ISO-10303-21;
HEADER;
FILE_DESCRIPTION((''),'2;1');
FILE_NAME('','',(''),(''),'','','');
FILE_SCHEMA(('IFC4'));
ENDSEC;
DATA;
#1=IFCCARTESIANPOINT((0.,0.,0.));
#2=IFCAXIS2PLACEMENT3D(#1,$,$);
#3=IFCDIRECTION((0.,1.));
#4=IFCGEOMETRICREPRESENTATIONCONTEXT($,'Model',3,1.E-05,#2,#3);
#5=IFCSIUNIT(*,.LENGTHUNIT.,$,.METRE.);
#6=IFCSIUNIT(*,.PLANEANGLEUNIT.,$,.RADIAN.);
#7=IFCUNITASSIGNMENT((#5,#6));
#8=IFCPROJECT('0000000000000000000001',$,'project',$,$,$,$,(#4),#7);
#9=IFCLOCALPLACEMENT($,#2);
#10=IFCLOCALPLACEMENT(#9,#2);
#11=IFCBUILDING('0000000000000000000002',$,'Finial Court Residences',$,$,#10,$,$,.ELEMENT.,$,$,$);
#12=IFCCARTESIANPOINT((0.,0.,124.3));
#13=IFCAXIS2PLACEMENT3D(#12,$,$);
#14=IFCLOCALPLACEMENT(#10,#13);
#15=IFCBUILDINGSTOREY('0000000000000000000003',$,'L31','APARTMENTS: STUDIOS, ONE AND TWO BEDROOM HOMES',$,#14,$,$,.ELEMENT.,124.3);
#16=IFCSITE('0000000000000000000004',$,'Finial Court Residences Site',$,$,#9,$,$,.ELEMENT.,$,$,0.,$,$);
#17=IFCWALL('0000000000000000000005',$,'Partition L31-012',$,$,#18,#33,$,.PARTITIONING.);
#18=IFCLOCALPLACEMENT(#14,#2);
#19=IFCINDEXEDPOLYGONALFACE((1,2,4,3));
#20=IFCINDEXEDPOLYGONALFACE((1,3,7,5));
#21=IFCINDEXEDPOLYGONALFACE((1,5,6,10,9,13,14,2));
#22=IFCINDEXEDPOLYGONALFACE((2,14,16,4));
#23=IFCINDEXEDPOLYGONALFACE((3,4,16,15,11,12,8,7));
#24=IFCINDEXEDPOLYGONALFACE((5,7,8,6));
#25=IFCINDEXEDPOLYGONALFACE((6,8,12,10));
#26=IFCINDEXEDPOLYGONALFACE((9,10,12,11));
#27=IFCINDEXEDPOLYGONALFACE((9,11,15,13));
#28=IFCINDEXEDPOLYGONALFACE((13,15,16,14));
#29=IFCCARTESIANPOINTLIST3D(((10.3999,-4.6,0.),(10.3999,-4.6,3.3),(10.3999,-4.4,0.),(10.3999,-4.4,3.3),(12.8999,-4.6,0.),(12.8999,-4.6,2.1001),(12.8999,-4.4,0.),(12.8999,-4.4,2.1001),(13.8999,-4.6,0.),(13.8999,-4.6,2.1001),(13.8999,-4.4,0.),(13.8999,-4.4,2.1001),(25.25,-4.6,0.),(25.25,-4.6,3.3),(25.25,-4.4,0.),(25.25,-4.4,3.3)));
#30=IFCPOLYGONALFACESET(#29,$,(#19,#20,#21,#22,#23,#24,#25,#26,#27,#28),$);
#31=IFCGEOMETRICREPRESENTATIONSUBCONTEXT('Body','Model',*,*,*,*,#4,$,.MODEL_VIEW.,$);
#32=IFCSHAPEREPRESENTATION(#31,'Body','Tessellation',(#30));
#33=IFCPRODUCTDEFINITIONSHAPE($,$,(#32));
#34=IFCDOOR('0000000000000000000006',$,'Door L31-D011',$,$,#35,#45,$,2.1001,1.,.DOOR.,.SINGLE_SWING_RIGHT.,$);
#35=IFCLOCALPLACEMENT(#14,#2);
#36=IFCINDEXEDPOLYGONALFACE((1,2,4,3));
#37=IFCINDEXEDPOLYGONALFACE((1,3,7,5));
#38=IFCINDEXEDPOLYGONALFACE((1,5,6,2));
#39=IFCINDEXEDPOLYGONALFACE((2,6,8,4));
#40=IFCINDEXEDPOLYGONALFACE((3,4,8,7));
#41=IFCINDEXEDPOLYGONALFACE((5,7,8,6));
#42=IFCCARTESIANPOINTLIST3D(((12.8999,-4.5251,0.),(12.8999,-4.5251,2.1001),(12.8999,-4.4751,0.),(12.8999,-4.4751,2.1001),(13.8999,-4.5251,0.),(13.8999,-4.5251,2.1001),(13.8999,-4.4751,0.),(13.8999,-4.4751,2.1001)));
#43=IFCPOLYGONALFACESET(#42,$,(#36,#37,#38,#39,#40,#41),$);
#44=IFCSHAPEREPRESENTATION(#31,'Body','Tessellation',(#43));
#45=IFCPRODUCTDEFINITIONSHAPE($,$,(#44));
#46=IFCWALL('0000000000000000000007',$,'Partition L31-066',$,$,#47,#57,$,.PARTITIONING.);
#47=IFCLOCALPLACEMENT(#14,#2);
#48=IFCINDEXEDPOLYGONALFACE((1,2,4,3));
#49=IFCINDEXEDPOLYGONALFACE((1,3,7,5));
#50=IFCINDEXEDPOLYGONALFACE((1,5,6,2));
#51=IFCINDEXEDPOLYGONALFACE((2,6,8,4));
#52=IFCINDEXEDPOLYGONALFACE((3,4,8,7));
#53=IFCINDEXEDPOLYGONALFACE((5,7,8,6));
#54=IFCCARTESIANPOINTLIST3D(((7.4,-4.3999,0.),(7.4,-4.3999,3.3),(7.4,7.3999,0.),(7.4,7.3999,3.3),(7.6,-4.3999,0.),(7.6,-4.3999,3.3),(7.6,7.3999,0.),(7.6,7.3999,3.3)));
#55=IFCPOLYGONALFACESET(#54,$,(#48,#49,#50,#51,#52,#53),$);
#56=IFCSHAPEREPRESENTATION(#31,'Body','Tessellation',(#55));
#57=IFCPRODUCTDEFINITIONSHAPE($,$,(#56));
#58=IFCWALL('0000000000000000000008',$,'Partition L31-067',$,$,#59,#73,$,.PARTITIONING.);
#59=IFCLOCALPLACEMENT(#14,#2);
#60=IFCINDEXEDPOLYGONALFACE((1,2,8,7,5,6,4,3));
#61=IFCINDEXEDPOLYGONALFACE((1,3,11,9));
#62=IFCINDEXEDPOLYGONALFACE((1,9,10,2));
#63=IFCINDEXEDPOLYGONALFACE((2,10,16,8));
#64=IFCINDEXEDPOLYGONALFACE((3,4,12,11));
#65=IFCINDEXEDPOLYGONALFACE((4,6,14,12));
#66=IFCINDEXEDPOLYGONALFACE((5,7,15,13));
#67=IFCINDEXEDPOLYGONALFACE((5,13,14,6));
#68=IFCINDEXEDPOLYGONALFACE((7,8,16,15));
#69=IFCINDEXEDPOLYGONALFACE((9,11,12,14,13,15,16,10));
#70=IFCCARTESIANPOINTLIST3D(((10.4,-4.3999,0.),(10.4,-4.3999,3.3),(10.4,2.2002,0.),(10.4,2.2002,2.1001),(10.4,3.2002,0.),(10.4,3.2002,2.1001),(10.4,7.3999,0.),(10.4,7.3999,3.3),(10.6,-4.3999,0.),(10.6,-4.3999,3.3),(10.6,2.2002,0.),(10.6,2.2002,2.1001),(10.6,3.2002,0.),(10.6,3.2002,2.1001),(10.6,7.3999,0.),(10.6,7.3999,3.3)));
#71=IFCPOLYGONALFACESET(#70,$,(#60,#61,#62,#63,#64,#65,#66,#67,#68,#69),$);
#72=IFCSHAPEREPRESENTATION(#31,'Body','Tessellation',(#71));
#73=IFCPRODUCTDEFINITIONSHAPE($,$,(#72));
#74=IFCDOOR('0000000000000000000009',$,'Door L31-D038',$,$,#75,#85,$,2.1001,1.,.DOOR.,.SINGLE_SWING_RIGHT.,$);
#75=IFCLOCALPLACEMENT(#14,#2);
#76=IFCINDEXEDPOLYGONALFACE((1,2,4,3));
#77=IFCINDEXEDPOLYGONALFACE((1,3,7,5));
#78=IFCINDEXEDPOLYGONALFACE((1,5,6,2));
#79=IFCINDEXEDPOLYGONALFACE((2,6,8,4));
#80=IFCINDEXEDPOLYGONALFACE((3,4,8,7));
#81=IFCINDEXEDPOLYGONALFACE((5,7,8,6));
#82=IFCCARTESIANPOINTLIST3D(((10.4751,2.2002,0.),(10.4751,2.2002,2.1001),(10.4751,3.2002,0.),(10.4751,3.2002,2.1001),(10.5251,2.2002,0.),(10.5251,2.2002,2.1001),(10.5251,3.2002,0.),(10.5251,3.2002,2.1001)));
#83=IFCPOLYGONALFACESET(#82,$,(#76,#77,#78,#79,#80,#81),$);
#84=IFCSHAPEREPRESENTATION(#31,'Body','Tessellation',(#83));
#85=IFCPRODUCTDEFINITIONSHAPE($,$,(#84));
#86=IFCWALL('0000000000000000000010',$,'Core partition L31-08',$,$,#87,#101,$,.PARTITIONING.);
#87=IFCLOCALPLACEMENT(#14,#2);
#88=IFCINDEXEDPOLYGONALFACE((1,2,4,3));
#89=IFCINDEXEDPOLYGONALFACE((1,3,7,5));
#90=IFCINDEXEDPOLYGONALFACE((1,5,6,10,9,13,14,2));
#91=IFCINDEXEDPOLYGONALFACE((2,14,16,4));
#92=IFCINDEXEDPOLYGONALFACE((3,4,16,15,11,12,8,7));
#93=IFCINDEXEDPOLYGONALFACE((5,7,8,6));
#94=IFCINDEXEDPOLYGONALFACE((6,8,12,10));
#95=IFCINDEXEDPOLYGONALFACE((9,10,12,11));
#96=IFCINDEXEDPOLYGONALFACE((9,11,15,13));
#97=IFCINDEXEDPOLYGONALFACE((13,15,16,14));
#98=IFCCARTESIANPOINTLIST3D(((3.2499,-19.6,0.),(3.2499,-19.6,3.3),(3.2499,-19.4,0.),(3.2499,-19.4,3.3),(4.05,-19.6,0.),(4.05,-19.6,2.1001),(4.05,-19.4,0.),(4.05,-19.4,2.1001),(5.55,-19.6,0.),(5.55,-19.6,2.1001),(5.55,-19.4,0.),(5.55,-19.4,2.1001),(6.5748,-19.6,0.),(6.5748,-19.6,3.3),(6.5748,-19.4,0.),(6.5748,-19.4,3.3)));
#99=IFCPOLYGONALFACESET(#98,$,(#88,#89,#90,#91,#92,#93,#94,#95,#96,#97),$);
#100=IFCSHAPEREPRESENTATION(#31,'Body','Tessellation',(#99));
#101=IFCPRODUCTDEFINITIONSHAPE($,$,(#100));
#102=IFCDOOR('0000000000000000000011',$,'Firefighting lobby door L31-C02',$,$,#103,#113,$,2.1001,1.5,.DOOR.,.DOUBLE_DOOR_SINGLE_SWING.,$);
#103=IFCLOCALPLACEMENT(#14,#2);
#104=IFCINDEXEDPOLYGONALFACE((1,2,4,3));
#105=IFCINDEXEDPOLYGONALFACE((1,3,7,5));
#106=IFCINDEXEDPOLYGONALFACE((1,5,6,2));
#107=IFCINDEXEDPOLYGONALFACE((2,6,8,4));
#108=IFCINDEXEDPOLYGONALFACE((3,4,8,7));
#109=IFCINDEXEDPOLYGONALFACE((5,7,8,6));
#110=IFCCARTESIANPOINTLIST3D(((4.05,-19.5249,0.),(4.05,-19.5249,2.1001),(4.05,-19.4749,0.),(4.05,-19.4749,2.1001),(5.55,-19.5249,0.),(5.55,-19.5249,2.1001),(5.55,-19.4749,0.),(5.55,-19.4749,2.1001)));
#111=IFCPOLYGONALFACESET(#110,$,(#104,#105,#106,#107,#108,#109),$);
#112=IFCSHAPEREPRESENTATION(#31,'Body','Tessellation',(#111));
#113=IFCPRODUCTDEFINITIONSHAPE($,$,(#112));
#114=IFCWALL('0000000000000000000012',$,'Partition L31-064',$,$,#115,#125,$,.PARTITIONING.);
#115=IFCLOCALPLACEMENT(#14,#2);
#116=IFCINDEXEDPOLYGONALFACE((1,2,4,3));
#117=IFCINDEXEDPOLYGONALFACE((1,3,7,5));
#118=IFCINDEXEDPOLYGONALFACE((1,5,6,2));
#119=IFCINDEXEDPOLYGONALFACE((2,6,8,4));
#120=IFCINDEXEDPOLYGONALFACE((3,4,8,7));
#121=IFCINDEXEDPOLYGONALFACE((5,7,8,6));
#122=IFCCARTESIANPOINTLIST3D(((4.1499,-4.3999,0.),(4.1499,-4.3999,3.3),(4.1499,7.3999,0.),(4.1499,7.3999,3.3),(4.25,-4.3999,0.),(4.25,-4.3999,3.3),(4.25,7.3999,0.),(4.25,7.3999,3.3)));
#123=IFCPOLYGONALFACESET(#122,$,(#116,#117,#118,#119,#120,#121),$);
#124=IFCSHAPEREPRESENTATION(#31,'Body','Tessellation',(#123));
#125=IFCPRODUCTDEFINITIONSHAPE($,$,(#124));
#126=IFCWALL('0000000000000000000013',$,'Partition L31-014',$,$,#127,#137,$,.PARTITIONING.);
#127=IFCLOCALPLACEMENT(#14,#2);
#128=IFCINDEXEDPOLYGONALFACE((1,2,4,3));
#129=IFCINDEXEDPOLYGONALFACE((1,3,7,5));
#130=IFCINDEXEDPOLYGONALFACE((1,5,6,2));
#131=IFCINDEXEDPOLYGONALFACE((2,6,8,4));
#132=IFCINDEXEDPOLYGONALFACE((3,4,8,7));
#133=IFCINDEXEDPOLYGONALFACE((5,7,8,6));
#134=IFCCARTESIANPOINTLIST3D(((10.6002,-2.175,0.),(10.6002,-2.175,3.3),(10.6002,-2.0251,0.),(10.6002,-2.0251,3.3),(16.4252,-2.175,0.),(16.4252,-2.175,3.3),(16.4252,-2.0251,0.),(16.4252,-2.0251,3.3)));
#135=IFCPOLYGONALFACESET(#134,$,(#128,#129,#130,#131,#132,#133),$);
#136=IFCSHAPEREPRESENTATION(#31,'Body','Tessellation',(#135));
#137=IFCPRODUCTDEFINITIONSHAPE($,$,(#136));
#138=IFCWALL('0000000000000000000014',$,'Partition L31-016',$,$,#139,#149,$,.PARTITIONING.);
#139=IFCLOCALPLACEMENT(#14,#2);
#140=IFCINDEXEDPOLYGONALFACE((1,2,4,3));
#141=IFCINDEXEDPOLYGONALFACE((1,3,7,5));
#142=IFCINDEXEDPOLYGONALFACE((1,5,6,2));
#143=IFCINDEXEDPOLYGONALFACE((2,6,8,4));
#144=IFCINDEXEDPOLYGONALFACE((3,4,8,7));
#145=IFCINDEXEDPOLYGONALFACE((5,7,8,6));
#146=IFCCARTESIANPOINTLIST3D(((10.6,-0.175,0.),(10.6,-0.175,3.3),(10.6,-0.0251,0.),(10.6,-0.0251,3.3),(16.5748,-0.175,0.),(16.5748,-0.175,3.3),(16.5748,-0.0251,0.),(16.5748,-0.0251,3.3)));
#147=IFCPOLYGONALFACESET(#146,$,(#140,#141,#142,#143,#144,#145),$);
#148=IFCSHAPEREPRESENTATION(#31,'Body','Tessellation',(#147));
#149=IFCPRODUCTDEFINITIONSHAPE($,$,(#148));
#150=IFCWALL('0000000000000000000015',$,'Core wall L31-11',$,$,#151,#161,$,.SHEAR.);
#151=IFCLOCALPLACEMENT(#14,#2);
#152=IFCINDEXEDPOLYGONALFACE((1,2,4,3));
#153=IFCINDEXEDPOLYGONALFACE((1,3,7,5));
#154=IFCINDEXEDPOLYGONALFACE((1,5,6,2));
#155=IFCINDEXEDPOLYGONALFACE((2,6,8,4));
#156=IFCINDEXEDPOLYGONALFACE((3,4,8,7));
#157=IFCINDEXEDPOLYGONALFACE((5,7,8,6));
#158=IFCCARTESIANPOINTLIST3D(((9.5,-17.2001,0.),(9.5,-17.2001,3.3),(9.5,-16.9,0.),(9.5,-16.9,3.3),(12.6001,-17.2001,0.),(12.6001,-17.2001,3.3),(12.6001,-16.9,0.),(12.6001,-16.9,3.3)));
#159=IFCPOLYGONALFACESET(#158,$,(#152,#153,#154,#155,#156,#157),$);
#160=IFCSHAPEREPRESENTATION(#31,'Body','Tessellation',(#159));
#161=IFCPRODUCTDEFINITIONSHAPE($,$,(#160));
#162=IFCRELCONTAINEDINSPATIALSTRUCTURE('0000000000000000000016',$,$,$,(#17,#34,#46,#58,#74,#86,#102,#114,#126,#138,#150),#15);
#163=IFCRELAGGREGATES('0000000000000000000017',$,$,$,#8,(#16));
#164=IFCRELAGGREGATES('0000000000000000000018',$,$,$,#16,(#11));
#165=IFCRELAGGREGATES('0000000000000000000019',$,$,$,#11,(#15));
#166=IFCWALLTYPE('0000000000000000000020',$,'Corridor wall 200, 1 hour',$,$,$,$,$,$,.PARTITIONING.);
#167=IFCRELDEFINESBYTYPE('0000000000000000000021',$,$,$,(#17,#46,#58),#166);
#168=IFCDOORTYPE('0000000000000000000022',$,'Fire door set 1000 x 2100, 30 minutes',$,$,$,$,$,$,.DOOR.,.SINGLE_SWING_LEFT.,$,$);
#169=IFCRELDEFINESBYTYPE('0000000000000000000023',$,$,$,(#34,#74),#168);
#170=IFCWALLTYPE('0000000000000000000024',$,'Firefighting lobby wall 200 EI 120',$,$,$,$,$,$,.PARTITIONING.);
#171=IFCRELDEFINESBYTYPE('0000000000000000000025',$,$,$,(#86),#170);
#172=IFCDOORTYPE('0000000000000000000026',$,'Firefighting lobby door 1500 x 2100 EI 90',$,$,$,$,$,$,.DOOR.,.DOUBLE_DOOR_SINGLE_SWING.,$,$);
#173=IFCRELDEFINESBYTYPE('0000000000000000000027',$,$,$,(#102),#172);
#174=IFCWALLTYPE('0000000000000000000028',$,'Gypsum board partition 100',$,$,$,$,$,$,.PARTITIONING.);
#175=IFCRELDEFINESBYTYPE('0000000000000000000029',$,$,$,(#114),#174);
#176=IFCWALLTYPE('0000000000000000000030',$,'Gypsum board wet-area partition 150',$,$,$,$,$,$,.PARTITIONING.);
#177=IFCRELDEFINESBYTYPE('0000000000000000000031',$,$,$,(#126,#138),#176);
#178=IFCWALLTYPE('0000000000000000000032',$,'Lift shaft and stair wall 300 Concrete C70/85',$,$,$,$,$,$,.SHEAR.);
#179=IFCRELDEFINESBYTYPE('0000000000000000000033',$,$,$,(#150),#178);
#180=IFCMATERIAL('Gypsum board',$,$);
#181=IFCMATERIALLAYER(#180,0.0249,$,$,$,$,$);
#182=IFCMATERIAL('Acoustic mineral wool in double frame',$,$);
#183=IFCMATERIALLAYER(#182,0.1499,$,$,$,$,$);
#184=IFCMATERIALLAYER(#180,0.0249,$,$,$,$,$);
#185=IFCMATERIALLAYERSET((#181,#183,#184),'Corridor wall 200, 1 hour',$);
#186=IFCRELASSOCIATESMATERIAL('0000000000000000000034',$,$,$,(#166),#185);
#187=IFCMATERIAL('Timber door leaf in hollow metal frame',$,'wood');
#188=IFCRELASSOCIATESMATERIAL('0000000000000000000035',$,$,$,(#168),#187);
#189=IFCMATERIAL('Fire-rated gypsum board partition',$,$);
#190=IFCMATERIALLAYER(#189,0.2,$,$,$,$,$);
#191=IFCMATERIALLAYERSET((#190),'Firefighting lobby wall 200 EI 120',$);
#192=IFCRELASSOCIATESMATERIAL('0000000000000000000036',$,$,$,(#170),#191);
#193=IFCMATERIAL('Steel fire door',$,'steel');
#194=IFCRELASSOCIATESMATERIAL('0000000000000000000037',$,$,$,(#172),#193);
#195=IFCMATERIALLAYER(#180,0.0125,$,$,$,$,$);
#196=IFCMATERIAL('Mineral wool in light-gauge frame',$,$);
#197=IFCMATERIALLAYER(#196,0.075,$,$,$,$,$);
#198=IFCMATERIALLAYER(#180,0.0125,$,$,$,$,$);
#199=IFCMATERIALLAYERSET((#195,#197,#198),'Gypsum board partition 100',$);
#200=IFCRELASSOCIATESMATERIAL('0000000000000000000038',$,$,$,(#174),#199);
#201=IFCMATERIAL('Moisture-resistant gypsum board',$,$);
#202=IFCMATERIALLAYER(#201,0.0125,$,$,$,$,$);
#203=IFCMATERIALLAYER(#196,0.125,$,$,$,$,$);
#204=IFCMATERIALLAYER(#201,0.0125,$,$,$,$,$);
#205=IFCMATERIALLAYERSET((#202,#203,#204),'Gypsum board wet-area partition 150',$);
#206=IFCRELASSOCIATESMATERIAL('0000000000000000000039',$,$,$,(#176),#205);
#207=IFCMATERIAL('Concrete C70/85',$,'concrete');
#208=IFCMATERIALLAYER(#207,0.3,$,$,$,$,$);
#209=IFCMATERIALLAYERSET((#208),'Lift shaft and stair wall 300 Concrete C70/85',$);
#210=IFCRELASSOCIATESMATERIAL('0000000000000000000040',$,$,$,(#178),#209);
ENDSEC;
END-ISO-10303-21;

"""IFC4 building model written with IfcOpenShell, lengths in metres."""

from ifc_helpers import new_model, si_unit, direction, frame, frame_2d, origin, place, context, subcontext, project, spatial, rectangle, extrude, material, layer, layer_set, type_object, element, fill, save


model = new_model("IFC4")

# Units and contexts
model_context = context("Model", 3, precision=1e-05, world=origin(), true_north=direction((0.0, 1.0)))
body_context = subcontext(model_context, "Body", "Model", "MODEL_VIEW")
ifc_project = project(units=[si_unit("LENGTHUNIT", "METRE"), si_unit("PLANEANGLEUNIT", "RADIAN")], contexts=[model_context])

# Site, building, storey
site_placement = place(None, origin())
site = spatial("IfcSite", under=ifc_project, at=site_placement, Name="Finial Court Residences Site", CompositionType="ELEMENT", RefElevation=0.0)
building_placement = place(site_placement, origin())
building = spatial("IfcBuilding", under=site, at=building_placement, Name="Finial Court Residences", CompositionType="ELEMENT")
storey_placement = place(building_placement, frame((0.0, 0.0, 124.3)))
storey = spatial("IfcBuildingStorey", under=building, at=storey_placement, Name="L31", Description="APARTMENTS: STUDIOS, ONE AND TWO BEDROOM HOMES", CompositionType="ELEMENT", Elevation=124.3)

# Shared definitions
ifc_material_1 = material(Name="Concrete C70/85", Category="concrete")

# Shared definitions
ifc_material_2 = material(Name="Fire-rated gypsum board partition")

# Shared definitions
ifc_material_3 = material(Name="Steel fire door", Category="steel")

# Wall, opening, door
ifc_material_4 = material(Name="Gypsum board")
ifc_layer_1 = layer(ifc_material_4, 0.0249)
ifc_material_5 = material(Name="Acoustic mineral wool in double frame")
ifc_layer_2 = layer(ifc_material_5, 0.1499)
ifc_layer_3 = layer(ifc_material_4, 0.0249)
ifc_layer_set_1 = layer_set([ifc_layer_1, ifc_layer_2, ifc_layer_3], Name="Corridor wall 200, 1 hour")
wall_type_1 = type_object("IfcWallType", Name="Corridor wall 200, 1 hour", PredefinedType="PARTITIONING", material=ifc_layer_set_1)
ifc_material_6 = material(Name="Timber door leaf in hollow metal frame", Category="wood")
door_type_1 = type_object("IfcDoorType", Name="Fire door set 1000 x 2100, 30 minutes", OperationType="SINGLE_SWING_LEFT", PredefinedType="DOOR", material=ifc_material_6)
wall_1_placement = place(storey_placement, frame((10.3999, -4.5, 0.0), z_axis=(0.0, 0.0, 1.0), x_axis=(1.0, 0.0, 0.0)))
wall_1 = element("IfcWall", 1, at=wall_1_placement, inside=storey, type_object=wall_type_1, Name="Partition L31-012", PredefinedType="PARTITIONING", context=body_context, shape_type="SweptSolid", body=[
    extrude(rectangle(XDim=14.8501, YDim=0.2, at=frame_2d((7.425, 0.0))), origin(), (0.0, 0.0, 1.0), 3.3),
])
opening_1_placement = place(wall_1_placement, frame((2.5, 0.0, 0.0)))
opening_1 = element("IfcOpeningElement", 2, at=opening_1_placement, cuts=wall_1, PredefinedType="OPENING", context=body_context, shape_type="SweptSolid", body=[
    extrude(rectangle(XDim=1.0, YDim=2.1001, at=frame_2d((0.5, 1.05))), frame((0.0, 0.1099, 0.0), z_axis=(0.0, -1.0, 0.0), x_axis=(1.0, 0.0, 0.0)), (0.0, 0.0, 1.0), 0.22),
])
door_1_placement = place(opening_1_placement, origin())
door_1 = element("IfcDoor", 3, at=door_1_placement, inside=storey, type_object=door_type_1, Name="Door L31-D011", OperationType="SINGLE_SWING_RIGHT", OverallHeight=2.1001, OverallWidth=1.0, PredefinedType="DOOR", context=body_context, shape_type="SweptSolid", body=[
    extrude(rectangle(XDim=1.0, YDim=2.1001, at=frame_2d((0.5, 1.05))), frame((0.0, 0.0249, 0.0), z_axis=(0.0, -1.0, 0.0), x_axis=(1.0, 0.0, 0.0)), (0.0, 0.0, 1.0), 0.05),
])
fill(opening_1, door_1)

# Wall
wall_2_placement = place(storey_placement, frame((7.5, -4.3999, 0.0), z_axis=(0.0, 0.0, 1.0), x_axis=(0.0, 1.0, 0.0)))
element("IfcWall", 4, at=wall_2_placement, inside=storey, type_object=wall_type_1, Name="Partition L31-066", PredefinedType="PARTITIONING", context=body_context, shape_type="SweptSolid", body=[
    extrude(rectangle(XDim=11.7998, YDim=0.2, at=frame_2d((5.8999, 0.0))), origin(), (0.0, 0.0, 1.0), 3.3),
])

# Walls, openings, doors
wall_3_placement = place(storey_placement, frame((10.5, -4.3999, 0.0), z_axis=(0.0, 0.0, 1.0), x_axis=(0.0, 1.0, 0.0)))
wall_3 = element("IfcWall", 5, at=wall_3_placement, inside=storey, type_object=wall_type_1, Name="Partition L31-067", PredefinedType="PARTITIONING", context=body_context, shape_type="SweptSolid", body=[
    extrude(rectangle(XDim=11.7998, YDim=0.2, at=frame_2d((5.8999, 0.0))), origin(), (0.0, 0.0, 1.0), 3.3),
])
opening_2_placement = place(wall_3_placement, frame((6.6001, 0.0, 0.0)))
opening_2 = element("IfcOpeningElement", 6, at=opening_2_placement, cuts=wall_3, PredefinedType="OPENING", context=body_context, shape_type="SweptSolid", body=[
    extrude(rectangle(XDim=1.0, YDim=2.1001, at=frame_2d((0.5, 1.05))), frame((0.0, 0.1099, 0.0), z_axis=(0.0, -1.0, 0.0), x_axis=(1.0, 0.0, 0.0)), (0.0, 0.0, 1.0), 0.22),
])
door_2_placement = place(opening_2_placement, origin())
door_2 = element("IfcDoor", 7, at=door_2_placement, inside=storey, type_object=door_type_1, Name="Door L31-D038", OperationType="SINGLE_SWING_RIGHT", OverallHeight=2.1001, OverallWidth=1.0, PredefinedType="DOOR", context=body_context, shape_type="SweptSolid", body=[
    extrude(rectangle(XDim=1.0, YDim=2.1001, at=frame_2d((0.5, 1.05))), frame((0.0, 0.0249, 0.0), z_axis=(0.0, -1.0, 0.0), x_axis=(1.0, 0.0, 0.0)), (0.0, 0.0, 1.0), 0.05),
])
fill(opening_2, door_2)
ifc_layer_4 = layer(ifc_material_2, 0.2)
ifc_layer_set_2 = layer_set([ifc_layer_4], Name="Firefighting lobby wall 200 EI 120")
wall_type_2 = type_object("IfcWallType", Name="Firefighting lobby wall 200 EI 120", PredefinedType="PARTITIONING", material=ifc_layer_set_2)
wall_4_placement = place(storey_placement, frame((6.575, -19.5, 0.0), z_axis=(0.0, 0.0, 1.0), x_axis=(-1.0, 0.0, 0.0)))
wall_4 = element("IfcWall", 8, at=wall_4_placement, inside=storey, type_object=wall_type_2, Name="Core partition L31-08", PredefinedType="PARTITIONING", context=body_context, shape_type="SweptSolid", body=[
    extrude(rectangle(XDim=3.325, YDim=0.2, at=frame_2d((1.6626, 0.0))), origin(), (0.0, 0.0, 1.0), 3.3),
])
opening_3_placement = place(wall_4_placement, frame((1.0249, 0.0, 0.0)))
opening_3 = element("IfcOpeningElement", 9, at=opening_3_placement, cuts=wall_4, PredefinedType="OPENING", context=body_context, shape_type="SweptSolid", body=[
    extrude(rectangle(XDim=1.5, YDim=2.1001, at=frame_2d((0.75, 1.05))), frame((0.0, 0.1099, 0.0), z_axis=(0.0, -1.0, 0.0), x_axis=(1.0, 0.0, 0.0)), (0.0, 0.0, 1.0), 0.22),
])
door_type_2 = type_object("IfcDoorType", Name="Firefighting lobby door 1500 x 2100 EI 90", OperationType="DOUBLE_DOOR_SINGLE_SWING", PredefinedType="DOOR", material=ifc_material_3)
door_3_placement = place(opening_3_placement, origin())
door_3 = element("IfcDoor", 10, at=door_3_placement, inside=storey, type_object=door_type_2, Name="Firefighting lobby door L31-C02", OperationType="DOUBLE_DOOR_SINGLE_SWING", OverallHeight=2.1001, OverallWidth=1.5, PredefinedType="DOOR", context=body_context, shape_type="SweptSolid", body=[
    extrude(rectangle(XDim=1.5, YDim=2.1001, at=frame_2d((0.75, 1.05))), frame((0.0, 0.0249, 0.0), z_axis=(0.0, -1.0, 0.0), x_axis=(1.0, 0.0, 0.0)), (0.0, 0.0, 1.0), 0.05),
])
fill(opening_3, door_3)

# Walls
ifc_layer_5 = layer(ifc_material_4, 0.0125)
ifc_material_7 = material(Name="Mineral wool in light-gauge frame")
ifc_layer_6 = layer(ifc_material_7, 0.075)
ifc_layer_7 = layer(ifc_material_4, 0.0125)
ifc_layer_set_3 = layer_set([ifc_layer_5, ifc_layer_6, ifc_layer_7], Name="Gypsum board partition 100")
wall_type_3 = type_object("IfcWallType", Name="Gypsum board partition 100", PredefinedType="PARTITIONING", material=ifc_layer_set_3)
wall_5_placement = place(storey_placement, frame((4.2, -4.3999, 0.0), z_axis=(0.0, 0.0, 1.0), x_axis=(0.0, 1.0, 0.0)))
element("IfcWall", 11, at=wall_5_placement, inside=storey, type_object=wall_type_3, Name="Partition L31-064", PredefinedType="PARTITIONING", context=body_context, shape_type="SweptSolid", body=[
    extrude(rectangle(XDim=11.7998, YDim=0.1001, at=frame_2d((5.8999, 0.0))), origin(), (0.0, 0.0, 1.0), 3.3),
])
ifc_material_8 = material(Name="Moisture-resistant gypsum board")
ifc_layer_8 = layer(ifc_material_8, 0.0125)
ifc_layer_9 = layer(ifc_material_7, 0.125)
ifc_layer_10 = layer(ifc_material_8, 0.0125)
ifc_layer_set_4 = layer_set([ifc_layer_8, ifc_layer_9, ifc_layer_10], Name="Gypsum board wet-area partition 150")
wall_type_4 = type_object("IfcWallType", Name="Gypsum board wet-area partition 150", PredefinedType="PARTITIONING", material=ifc_layer_set_4)
wall_6_placement = place(storey_placement, frame((10.6001, -2.1001, 0.0), z_axis=(0.0, 0.0, 1.0), x_axis=(1.0, 0.0, 0.0)))
element("IfcWall", 12, at=wall_6_placement, inside=storey, type_object=wall_type_4, Name="Partition L31-014", PredefinedType="PARTITIONING", context=body_context, shape_type="SweptSolid", body=[
    extrude(rectangle(XDim=5.825, YDim=0.1499, at=frame_2d((2.9126, 0.0))), origin(), (0.0, 0.0, 1.0), 3.3),
])
wall_7_placement = place(storey_placement, frame((10.6001, -0.1001, 0.0), z_axis=(0.0, 0.0, 1.0), x_axis=(1.0, 0.0, 0.0)))
element("IfcWall", 13, at=wall_7_placement, inside=storey, type_object=wall_type_4, Name="Partition L31-016", PredefinedType="PARTITIONING", context=body_context, shape_type="SweptSolid", body=[
    extrude(rectangle(XDim=5.9749, YDim=0.1499, at=frame_2d((2.9873, 0.0))), origin(), (0.0, 0.0, 1.0), 3.3),
])
ifc_layer_11 = layer(ifc_material_1, 0.3)
ifc_layer_set_5 = layer_set([ifc_layer_11], Name="Lift shaft and stair wall 300 Concrete C70/85")
wall_type_5 = type_object("IfcWallType", Name="Lift shaft and stair wall 300 Concrete C70/85", PredefinedType="SHEAR", material=ifc_layer_set_5)
wall_8_placement = place(storey_placement, frame((9.5, -17.05, 0.0), z_axis=(0.0, 0.0, 1.0), x_axis=(1.0, 0.0, 0.0)))
element("IfcWall", 14, at=wall_8_placement, inside=storey, type_object=wall_type_5, Name="Core wall L31-11", PredefinedType="SHEAR", context=body_context, shape_type="SweptSolid", body=[
    extrude(rectangle(XDim=3.1001, YDim=0.3, at=frame_2d((1.55, 0.0))), origin(), (0.0, 0.0, 1.0), 3.3),
])

save(model, "model.ifc")
